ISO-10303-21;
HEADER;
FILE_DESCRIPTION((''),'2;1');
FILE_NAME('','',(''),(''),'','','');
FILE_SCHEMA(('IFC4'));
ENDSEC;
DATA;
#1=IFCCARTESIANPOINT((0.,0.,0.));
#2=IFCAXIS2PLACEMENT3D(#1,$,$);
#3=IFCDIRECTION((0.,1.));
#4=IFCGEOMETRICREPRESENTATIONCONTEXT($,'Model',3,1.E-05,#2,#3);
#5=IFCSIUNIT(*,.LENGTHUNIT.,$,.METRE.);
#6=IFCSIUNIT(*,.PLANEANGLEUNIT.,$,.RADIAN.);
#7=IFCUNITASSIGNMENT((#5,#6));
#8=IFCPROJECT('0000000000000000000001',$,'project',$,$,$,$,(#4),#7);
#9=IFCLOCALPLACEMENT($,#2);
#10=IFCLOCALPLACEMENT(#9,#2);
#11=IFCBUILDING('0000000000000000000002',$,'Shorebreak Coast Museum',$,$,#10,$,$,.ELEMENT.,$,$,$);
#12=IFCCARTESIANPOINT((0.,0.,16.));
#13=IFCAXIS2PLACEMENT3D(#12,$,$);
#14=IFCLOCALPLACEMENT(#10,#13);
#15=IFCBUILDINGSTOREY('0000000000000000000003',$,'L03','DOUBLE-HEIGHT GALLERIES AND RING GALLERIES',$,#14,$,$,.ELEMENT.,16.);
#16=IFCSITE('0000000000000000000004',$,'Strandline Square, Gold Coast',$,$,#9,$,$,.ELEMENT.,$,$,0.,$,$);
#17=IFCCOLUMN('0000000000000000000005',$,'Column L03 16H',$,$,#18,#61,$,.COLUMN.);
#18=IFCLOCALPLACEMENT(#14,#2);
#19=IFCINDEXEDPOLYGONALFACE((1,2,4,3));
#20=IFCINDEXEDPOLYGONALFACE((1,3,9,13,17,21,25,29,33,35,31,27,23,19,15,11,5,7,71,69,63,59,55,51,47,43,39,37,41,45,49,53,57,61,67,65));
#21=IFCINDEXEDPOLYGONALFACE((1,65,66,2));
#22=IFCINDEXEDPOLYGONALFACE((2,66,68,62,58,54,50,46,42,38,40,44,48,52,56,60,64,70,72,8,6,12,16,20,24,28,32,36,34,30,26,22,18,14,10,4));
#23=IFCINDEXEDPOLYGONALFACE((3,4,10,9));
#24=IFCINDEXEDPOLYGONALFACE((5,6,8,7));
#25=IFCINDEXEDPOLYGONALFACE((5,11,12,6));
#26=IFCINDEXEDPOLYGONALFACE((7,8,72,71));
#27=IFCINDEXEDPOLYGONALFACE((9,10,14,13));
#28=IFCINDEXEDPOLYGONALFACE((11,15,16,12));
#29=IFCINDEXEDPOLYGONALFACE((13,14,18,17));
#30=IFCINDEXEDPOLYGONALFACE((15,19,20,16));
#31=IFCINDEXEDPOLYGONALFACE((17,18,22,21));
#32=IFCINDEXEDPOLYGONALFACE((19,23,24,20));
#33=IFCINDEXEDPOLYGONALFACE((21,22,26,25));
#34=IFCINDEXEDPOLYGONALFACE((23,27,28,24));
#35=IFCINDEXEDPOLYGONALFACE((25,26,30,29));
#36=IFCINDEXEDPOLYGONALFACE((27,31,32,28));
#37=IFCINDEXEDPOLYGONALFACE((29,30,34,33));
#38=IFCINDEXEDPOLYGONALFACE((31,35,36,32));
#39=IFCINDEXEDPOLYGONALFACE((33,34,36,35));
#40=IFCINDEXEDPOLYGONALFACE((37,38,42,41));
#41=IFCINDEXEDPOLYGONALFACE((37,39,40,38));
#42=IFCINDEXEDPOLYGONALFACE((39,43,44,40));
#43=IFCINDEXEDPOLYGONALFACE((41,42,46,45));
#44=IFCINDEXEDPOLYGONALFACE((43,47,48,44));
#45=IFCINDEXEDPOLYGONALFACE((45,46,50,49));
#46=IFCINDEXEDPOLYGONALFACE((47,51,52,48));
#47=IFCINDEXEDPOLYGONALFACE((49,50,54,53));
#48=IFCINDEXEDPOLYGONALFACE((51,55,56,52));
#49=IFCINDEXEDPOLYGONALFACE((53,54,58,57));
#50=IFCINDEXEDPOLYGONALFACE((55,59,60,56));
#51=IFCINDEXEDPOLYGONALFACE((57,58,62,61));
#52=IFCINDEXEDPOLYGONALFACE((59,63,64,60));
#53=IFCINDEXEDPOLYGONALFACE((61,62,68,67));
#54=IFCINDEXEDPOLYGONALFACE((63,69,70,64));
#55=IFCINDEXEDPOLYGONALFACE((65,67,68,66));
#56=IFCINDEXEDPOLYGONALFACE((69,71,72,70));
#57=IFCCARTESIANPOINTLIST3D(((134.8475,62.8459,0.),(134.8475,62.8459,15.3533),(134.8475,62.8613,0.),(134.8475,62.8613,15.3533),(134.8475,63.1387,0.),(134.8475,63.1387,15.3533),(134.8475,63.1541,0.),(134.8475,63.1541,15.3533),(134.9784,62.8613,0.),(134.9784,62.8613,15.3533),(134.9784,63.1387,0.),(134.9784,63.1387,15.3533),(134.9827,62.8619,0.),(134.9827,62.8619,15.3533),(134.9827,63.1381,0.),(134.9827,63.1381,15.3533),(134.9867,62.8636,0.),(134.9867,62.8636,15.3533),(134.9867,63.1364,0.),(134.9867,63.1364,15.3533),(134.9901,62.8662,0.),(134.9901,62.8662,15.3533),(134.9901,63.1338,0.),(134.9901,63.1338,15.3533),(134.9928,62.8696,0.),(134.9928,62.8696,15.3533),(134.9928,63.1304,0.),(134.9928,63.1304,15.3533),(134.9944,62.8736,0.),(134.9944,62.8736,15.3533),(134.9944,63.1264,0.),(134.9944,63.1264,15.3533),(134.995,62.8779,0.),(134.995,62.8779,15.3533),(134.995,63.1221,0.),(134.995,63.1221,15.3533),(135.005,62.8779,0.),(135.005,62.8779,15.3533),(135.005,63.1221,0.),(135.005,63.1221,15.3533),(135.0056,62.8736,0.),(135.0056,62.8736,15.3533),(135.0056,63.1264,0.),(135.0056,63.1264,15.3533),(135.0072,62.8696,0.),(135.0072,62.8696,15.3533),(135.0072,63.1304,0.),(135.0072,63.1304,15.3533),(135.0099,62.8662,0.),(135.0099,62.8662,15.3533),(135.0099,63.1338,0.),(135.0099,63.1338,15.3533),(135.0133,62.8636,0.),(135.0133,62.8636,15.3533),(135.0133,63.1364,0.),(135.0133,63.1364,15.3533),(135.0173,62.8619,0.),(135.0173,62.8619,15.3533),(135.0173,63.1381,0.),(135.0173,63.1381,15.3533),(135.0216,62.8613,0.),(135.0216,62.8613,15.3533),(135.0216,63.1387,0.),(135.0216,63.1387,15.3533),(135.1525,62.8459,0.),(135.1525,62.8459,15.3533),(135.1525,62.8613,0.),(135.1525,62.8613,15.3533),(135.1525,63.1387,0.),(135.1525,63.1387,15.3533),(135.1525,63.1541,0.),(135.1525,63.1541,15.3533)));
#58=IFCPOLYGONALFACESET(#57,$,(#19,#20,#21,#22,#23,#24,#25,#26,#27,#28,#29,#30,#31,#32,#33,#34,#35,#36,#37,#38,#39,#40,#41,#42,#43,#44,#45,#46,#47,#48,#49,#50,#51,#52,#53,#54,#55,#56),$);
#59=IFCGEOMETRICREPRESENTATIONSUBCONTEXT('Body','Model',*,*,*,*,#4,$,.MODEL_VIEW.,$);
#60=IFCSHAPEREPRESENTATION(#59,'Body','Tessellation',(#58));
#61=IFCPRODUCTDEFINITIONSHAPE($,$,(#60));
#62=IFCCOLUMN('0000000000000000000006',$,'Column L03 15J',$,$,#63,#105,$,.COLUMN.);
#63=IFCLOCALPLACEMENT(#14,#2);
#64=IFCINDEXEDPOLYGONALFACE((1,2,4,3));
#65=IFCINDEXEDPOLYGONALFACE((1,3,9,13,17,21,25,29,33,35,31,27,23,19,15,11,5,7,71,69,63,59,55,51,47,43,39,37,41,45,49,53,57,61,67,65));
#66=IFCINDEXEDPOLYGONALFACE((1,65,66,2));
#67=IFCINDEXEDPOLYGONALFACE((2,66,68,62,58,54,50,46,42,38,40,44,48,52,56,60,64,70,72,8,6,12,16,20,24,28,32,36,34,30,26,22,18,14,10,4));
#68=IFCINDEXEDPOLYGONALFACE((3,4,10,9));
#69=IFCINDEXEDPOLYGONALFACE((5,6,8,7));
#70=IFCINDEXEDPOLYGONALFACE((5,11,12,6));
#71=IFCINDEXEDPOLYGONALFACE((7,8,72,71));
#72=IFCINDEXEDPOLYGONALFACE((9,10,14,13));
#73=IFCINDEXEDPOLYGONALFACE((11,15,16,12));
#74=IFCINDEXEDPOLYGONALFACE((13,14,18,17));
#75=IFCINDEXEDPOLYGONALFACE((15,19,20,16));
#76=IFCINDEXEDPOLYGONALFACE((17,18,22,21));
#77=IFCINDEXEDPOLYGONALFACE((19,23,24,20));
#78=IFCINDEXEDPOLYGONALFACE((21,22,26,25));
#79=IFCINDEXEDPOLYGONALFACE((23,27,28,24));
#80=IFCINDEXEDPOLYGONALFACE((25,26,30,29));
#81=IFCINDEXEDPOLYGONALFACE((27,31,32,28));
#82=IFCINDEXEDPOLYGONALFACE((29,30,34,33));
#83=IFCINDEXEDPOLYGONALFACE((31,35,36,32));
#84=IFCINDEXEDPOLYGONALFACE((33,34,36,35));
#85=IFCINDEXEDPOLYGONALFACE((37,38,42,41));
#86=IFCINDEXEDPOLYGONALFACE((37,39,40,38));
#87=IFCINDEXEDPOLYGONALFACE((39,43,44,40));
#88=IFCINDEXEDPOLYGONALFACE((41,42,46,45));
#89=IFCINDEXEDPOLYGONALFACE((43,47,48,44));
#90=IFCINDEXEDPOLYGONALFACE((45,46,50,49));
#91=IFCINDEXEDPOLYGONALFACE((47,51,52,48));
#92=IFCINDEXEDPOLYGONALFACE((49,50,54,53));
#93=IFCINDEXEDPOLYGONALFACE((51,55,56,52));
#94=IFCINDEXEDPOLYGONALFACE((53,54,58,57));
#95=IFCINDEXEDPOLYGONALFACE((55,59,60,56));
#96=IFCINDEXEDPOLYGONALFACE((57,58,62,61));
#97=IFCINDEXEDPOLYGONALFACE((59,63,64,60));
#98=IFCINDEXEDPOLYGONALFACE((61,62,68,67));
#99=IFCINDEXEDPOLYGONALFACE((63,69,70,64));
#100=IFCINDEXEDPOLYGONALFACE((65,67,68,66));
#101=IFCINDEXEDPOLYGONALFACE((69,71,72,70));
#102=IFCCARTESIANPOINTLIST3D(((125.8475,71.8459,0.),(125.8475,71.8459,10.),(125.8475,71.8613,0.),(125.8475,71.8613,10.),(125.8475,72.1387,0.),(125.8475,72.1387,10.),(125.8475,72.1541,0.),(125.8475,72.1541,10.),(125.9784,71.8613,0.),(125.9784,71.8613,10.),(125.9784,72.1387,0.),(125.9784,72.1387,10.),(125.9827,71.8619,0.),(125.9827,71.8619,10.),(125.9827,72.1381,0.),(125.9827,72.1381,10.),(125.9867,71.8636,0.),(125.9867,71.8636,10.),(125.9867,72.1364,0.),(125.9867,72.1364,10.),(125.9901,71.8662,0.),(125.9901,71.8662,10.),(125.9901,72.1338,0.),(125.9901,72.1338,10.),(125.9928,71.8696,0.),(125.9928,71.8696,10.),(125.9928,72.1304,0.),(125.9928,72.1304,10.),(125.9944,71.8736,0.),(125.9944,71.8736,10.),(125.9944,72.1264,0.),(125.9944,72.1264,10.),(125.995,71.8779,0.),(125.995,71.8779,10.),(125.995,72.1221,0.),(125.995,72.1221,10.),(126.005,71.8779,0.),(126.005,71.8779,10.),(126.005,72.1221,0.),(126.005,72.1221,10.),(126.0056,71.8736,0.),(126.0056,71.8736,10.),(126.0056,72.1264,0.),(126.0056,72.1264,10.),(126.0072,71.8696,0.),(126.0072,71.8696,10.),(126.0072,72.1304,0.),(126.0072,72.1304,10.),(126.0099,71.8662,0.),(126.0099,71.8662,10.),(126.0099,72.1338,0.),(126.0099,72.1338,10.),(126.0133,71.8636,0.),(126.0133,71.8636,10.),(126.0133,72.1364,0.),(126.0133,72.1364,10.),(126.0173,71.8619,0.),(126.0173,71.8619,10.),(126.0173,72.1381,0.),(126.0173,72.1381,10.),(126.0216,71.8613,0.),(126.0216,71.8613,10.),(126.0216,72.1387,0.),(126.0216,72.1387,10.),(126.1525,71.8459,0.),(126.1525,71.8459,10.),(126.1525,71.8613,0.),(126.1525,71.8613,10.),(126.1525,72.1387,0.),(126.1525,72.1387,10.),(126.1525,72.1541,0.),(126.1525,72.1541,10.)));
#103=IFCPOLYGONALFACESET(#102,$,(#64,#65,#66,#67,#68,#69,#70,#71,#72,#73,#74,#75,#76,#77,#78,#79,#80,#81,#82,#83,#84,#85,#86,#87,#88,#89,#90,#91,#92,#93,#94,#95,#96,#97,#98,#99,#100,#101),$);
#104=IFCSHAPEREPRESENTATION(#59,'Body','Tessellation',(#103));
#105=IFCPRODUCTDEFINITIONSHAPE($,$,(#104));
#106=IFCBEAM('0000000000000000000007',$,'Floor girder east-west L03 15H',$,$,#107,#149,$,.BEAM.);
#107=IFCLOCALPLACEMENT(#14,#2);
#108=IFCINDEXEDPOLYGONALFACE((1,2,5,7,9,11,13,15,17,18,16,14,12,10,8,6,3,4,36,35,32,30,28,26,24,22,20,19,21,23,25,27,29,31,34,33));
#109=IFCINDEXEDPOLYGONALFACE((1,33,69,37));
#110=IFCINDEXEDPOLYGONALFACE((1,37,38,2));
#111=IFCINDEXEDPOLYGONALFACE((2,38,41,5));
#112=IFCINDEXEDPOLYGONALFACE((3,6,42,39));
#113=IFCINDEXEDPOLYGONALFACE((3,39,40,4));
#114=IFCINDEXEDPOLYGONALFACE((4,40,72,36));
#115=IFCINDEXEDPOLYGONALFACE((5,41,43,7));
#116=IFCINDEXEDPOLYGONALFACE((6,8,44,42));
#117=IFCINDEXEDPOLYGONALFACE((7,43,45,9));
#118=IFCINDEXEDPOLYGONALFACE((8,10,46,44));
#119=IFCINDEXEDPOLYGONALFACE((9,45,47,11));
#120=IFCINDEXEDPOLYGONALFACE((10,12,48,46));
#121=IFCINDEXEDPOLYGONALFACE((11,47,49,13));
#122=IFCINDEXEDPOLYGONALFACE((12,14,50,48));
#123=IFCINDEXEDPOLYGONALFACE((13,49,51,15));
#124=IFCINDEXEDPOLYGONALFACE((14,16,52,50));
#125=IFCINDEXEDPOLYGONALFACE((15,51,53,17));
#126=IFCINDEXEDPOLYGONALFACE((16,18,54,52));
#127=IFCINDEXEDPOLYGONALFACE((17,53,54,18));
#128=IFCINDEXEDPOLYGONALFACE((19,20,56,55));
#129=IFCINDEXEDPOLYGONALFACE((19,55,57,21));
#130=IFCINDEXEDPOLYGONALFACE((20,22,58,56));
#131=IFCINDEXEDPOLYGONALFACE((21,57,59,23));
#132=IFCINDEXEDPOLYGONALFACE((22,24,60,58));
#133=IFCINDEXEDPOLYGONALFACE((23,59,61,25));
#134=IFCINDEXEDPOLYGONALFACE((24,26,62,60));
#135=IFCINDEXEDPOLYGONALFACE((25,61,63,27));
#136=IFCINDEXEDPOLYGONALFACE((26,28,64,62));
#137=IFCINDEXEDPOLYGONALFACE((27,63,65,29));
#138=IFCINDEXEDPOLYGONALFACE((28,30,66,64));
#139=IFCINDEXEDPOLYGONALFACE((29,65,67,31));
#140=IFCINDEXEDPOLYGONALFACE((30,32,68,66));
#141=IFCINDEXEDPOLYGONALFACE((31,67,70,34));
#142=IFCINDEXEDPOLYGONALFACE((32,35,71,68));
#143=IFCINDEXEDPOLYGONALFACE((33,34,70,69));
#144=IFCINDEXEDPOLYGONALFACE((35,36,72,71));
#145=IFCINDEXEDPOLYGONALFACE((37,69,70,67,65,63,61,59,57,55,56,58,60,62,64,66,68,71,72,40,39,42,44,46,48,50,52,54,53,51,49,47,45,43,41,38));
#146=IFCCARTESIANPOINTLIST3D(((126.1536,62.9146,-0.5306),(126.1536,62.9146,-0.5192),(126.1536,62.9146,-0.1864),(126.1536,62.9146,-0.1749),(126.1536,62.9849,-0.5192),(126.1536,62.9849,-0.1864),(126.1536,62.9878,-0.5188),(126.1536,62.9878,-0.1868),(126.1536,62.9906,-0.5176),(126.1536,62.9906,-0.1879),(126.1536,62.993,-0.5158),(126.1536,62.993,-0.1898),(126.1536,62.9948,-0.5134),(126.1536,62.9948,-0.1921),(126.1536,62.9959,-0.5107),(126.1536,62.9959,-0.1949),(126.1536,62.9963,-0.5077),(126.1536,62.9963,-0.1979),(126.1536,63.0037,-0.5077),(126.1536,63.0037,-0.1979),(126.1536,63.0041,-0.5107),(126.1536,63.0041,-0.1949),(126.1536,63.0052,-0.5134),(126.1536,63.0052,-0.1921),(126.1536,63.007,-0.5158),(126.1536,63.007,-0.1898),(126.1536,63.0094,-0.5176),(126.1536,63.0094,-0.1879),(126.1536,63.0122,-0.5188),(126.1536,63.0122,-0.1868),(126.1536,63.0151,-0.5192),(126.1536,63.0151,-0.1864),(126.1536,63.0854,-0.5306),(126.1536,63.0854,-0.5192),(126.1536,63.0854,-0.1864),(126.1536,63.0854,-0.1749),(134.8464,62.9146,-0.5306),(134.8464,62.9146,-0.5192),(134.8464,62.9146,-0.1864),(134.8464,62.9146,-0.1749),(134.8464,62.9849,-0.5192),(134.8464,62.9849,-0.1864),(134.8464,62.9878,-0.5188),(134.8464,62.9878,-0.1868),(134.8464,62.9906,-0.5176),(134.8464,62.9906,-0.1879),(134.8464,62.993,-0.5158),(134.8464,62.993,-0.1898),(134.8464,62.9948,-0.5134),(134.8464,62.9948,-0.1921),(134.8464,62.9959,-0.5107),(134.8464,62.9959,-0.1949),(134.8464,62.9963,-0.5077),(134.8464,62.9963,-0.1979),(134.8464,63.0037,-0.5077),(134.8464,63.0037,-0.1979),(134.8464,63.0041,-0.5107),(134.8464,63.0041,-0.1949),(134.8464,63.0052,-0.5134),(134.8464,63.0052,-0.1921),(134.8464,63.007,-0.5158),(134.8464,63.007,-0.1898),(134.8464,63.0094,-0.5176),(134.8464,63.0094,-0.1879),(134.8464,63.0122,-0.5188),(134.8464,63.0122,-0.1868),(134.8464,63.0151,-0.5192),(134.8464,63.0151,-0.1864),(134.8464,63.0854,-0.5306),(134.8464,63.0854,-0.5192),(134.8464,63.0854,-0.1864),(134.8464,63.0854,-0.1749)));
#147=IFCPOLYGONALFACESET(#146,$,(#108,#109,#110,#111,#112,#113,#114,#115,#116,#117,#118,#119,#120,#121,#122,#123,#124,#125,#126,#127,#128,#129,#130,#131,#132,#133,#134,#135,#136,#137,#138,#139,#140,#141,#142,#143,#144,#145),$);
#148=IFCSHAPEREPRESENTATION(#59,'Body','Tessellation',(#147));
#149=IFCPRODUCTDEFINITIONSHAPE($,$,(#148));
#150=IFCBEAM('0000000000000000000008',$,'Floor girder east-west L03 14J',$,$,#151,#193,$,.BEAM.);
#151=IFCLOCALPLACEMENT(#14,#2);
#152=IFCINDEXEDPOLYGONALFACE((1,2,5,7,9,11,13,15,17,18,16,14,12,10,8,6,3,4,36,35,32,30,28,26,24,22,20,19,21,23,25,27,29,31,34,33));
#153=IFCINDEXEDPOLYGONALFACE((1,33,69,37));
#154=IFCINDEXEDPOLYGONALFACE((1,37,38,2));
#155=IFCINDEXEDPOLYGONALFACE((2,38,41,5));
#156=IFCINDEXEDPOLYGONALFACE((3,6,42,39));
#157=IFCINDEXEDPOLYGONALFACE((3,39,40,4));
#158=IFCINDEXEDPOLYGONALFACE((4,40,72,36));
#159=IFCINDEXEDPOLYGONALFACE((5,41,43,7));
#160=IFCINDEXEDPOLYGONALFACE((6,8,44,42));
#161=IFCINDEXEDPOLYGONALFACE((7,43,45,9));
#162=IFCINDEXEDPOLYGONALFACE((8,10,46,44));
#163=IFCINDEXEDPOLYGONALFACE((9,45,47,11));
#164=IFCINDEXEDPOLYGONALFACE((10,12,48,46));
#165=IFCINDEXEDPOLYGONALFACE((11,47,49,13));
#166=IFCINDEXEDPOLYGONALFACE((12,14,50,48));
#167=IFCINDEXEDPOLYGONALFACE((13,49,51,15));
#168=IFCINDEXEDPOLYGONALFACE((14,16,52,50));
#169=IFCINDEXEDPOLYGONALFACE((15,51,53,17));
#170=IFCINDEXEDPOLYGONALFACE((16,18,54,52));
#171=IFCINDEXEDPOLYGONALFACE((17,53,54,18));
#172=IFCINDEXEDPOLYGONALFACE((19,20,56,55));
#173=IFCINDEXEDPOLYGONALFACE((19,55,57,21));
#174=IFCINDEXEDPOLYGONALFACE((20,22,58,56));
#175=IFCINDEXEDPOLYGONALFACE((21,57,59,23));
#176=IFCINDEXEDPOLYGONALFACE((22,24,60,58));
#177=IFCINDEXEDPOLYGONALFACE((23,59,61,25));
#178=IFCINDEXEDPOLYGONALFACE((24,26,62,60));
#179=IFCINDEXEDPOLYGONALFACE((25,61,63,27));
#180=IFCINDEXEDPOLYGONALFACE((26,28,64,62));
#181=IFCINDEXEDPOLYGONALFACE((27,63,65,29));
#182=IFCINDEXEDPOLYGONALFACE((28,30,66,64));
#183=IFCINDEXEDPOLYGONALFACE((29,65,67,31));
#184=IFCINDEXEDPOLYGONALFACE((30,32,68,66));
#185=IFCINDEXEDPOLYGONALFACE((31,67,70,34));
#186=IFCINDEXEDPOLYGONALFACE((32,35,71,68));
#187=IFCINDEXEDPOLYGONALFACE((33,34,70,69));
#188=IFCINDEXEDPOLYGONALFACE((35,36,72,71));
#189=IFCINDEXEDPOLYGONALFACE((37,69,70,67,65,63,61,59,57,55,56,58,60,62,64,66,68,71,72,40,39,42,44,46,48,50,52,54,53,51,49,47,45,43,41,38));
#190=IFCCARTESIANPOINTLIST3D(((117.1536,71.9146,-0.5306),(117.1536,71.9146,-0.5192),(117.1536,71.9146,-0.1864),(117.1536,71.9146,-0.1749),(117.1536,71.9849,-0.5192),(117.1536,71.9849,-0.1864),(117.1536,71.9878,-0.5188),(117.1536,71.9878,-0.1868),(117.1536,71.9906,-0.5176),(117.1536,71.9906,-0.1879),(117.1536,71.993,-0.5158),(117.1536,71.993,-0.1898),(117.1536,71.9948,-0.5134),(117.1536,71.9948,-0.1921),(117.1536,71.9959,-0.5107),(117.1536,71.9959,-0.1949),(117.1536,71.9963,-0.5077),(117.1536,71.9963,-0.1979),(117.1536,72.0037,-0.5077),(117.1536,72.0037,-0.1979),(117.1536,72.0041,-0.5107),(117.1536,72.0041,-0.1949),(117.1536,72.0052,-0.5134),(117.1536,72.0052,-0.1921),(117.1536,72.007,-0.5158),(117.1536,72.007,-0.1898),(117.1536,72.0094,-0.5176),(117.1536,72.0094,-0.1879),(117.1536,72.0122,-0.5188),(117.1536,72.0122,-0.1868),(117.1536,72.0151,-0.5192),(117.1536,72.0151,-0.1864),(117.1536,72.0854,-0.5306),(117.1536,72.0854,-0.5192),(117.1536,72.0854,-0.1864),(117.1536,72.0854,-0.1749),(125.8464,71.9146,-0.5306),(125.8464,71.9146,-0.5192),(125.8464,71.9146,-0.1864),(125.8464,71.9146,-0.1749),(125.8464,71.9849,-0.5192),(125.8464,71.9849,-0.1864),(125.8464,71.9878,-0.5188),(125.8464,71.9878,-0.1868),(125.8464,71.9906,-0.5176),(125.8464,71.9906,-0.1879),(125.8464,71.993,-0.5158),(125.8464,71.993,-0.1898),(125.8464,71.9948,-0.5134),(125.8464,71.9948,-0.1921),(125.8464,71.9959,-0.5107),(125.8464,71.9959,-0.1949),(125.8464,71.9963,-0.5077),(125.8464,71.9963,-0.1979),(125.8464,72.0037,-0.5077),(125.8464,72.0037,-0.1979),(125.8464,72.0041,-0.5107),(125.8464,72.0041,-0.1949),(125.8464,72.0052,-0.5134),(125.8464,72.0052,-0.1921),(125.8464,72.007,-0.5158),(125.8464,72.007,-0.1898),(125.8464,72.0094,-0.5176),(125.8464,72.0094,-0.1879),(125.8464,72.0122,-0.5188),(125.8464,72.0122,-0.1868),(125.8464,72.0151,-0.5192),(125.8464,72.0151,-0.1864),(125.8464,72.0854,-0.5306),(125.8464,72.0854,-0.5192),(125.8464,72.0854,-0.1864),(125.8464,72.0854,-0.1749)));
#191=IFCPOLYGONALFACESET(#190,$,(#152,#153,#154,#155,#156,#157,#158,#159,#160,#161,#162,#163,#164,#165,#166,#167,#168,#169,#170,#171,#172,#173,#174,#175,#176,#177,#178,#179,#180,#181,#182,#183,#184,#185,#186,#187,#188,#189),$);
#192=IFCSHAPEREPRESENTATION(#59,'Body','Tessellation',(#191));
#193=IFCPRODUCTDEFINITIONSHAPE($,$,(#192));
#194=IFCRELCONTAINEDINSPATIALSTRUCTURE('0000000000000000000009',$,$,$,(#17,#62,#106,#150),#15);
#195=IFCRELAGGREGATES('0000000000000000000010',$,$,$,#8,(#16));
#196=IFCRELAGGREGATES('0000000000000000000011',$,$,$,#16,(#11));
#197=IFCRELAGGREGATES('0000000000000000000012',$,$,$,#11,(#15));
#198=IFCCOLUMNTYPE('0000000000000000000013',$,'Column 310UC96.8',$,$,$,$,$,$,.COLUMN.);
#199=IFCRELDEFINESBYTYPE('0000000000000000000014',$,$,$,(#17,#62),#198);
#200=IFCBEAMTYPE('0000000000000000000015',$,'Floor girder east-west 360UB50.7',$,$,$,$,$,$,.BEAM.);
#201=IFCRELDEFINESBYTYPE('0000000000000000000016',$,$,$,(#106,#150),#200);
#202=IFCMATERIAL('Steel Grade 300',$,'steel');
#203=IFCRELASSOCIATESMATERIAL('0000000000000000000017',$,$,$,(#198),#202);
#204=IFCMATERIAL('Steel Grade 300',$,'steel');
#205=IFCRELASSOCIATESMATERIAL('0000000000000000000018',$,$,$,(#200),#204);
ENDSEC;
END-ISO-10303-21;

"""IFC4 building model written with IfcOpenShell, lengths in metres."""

from ifc_helpers import new_model, si_unit, direction, frame, origin, origin_2d, place, context, subcontext, project, spatial, i_section, extrude, material, material_profile, profile_set, type_object, element, save


model = new_model("IFC4")

# Units and contexts
model_context = context("Model", 3, precision=1e-05, world=origin(), true_north=direction((0.0, 1.0)))
body_context = subcontext(model_context, "Body", "Model", "MODEL_VIEW")
ifc_project = project(units=[si_unit("LENGTHUNIT", "METRE"), si_unit("PLANEANGLEUNIT", "RADIAN")], contexts=[model_context])

# Site, building, storey
site_placement = place(None, origin())
site = spatial("IfcSite", under=ifc_project, at=site_placement, Name="Strandline Square, Gold Coast", CompositionType="ELEMENT", RefElevation=0.0)
building_placement = place(site_placement, origin())
building = spatial("IfcBuilding", under=site, at=building_placement, Name="Shorebreak Coast Museum", CompositionType="ELEMENT")
storey_placement = place(building_placement, frame((0.0, 0.0, 16.0)))
storey = spatial("IfcBuildingStorey", under=building, at=storey_placement, Name="L03", Description="DOUBLE-HEIGHT GALLERIES AND RING GALLERIES", CompositionType="ELEMENT", Elevation=16.0)

# Columns
ifc_material_1 = material(Name="Steel Grade 300", Category="steel")
ifc_material_profile_1 = material_profile(ifc_material_1, i_section(OverallWidth=0.3049, OverallDepth=0.3081, WebThickness=0.01, FlangeThickness=0.0154, FilletRadius=0.0166, at=origin_2d()), Name="310UC96.8")
ifc_profile_set_1 = profile_set([ifc_material_profile_1], Name="Steel Grade 300")
column_type = type_object("IfcColumnType", Name="Column 310UC96.8", PredefinedType="COLUMN", material=ifc_profile_set_1)
column_1_placement = place(storey_placement, frame((135.0, 63.0, 0.0), z_axis=(0.0, 0.0, 1.0), x_axis=(1.0, 0.0, 0.0)))
element("IfcColumn", 1, at=column_1_placement, inside=storey, type_object=column_type, Name="Column L03 16H", PredefinedType="COLUMN", context=body_context, shape_type="SweptSolid", body=[
    extrude(i_section(OverallWidth=0.3049, OverallDepth=0.3081, WebThickness=0.01, FlangeThickness=0.0154, FilletRadius=0.0166, at=origin_2d()), origin(), (0.0, 0.0, 1.0), 15.3533),
])
column_2_placement = place(storey_placement, frame((126.0, 72.0, 0.0), z_axis=(0.0, 0.0, 1.0), x_axis=(1.0, 0.0, 0.0)))
element("IfcColumn", 2, at=column_2_placement, inside=storey, type_object=column_type, Name="Column L03 15J", PredefinedType="COLUMN", context=body_context, shape_type="SweptSolid", body=[
    extrude(i_section(OverallWidth=0.3049, OverallDepth=0.3081, WebThickness=0.01, FlangeThickness=0.0154, FilletRadius=0.0166, at=origin_2d()), origin(), (0.0, 0.0, 1.0), 10.0),
])

# Beams
ifc_material_2 = material(Name="Steel Grade 300", Category="steel")
ifc_material_profile_2 = material_profile(ifc_material_2, i_section(OverallWidth=0.1709, OverallDepth=0.3557, WebThickness=0.0073, FlangeThickness=0.0115, FilletRadius=0.0115, at=origin_2d()), Name="360UB50.7")
ifc_profile_set_2 = profile_set([ifc_material_profile_2], Name="Steel Grade 300")
beam_type_1 = type_object("IfcBeamType", Name="Floor girder east-west 360UB50.7", PredefinedType="BEAM", material=ifc_profile_set_2)
for number, where, z_axis, x_axis, name in (
    (3, (126.1536, 63.0, -0.3528), (1.0, 0.0, 0.0), (0.0, 1.0, 0.0), "Floor girder east-west L03 15H"),
    (4, (117.1536, 72.0, -0.3528), (1.0, 0.0, 0.0), (0.0, 1.0, 0.0), "Floor girder east-west L03 14J"),
):
    element("IfcBeam", number, at=place(storey_placement, frame(where, z_axis=z_axis, x_axis=x_axis)), inside=storey, type_object=beam_type_1, Name=name, PredefinedType="BEAM", context=body_context, shape_type="SweptSolid", body=[
        extrude(i_section(OverallWidth=0.1709, OverallDepth=0.3557, WebThickness=0.0073, FlangeThickness=0.0115, FilletRadius=0.0115, at=origin_2d()), origin(), (0.0, 0.0, 1.0), 8.6929),
    ])

save(model, "model.ifc")
